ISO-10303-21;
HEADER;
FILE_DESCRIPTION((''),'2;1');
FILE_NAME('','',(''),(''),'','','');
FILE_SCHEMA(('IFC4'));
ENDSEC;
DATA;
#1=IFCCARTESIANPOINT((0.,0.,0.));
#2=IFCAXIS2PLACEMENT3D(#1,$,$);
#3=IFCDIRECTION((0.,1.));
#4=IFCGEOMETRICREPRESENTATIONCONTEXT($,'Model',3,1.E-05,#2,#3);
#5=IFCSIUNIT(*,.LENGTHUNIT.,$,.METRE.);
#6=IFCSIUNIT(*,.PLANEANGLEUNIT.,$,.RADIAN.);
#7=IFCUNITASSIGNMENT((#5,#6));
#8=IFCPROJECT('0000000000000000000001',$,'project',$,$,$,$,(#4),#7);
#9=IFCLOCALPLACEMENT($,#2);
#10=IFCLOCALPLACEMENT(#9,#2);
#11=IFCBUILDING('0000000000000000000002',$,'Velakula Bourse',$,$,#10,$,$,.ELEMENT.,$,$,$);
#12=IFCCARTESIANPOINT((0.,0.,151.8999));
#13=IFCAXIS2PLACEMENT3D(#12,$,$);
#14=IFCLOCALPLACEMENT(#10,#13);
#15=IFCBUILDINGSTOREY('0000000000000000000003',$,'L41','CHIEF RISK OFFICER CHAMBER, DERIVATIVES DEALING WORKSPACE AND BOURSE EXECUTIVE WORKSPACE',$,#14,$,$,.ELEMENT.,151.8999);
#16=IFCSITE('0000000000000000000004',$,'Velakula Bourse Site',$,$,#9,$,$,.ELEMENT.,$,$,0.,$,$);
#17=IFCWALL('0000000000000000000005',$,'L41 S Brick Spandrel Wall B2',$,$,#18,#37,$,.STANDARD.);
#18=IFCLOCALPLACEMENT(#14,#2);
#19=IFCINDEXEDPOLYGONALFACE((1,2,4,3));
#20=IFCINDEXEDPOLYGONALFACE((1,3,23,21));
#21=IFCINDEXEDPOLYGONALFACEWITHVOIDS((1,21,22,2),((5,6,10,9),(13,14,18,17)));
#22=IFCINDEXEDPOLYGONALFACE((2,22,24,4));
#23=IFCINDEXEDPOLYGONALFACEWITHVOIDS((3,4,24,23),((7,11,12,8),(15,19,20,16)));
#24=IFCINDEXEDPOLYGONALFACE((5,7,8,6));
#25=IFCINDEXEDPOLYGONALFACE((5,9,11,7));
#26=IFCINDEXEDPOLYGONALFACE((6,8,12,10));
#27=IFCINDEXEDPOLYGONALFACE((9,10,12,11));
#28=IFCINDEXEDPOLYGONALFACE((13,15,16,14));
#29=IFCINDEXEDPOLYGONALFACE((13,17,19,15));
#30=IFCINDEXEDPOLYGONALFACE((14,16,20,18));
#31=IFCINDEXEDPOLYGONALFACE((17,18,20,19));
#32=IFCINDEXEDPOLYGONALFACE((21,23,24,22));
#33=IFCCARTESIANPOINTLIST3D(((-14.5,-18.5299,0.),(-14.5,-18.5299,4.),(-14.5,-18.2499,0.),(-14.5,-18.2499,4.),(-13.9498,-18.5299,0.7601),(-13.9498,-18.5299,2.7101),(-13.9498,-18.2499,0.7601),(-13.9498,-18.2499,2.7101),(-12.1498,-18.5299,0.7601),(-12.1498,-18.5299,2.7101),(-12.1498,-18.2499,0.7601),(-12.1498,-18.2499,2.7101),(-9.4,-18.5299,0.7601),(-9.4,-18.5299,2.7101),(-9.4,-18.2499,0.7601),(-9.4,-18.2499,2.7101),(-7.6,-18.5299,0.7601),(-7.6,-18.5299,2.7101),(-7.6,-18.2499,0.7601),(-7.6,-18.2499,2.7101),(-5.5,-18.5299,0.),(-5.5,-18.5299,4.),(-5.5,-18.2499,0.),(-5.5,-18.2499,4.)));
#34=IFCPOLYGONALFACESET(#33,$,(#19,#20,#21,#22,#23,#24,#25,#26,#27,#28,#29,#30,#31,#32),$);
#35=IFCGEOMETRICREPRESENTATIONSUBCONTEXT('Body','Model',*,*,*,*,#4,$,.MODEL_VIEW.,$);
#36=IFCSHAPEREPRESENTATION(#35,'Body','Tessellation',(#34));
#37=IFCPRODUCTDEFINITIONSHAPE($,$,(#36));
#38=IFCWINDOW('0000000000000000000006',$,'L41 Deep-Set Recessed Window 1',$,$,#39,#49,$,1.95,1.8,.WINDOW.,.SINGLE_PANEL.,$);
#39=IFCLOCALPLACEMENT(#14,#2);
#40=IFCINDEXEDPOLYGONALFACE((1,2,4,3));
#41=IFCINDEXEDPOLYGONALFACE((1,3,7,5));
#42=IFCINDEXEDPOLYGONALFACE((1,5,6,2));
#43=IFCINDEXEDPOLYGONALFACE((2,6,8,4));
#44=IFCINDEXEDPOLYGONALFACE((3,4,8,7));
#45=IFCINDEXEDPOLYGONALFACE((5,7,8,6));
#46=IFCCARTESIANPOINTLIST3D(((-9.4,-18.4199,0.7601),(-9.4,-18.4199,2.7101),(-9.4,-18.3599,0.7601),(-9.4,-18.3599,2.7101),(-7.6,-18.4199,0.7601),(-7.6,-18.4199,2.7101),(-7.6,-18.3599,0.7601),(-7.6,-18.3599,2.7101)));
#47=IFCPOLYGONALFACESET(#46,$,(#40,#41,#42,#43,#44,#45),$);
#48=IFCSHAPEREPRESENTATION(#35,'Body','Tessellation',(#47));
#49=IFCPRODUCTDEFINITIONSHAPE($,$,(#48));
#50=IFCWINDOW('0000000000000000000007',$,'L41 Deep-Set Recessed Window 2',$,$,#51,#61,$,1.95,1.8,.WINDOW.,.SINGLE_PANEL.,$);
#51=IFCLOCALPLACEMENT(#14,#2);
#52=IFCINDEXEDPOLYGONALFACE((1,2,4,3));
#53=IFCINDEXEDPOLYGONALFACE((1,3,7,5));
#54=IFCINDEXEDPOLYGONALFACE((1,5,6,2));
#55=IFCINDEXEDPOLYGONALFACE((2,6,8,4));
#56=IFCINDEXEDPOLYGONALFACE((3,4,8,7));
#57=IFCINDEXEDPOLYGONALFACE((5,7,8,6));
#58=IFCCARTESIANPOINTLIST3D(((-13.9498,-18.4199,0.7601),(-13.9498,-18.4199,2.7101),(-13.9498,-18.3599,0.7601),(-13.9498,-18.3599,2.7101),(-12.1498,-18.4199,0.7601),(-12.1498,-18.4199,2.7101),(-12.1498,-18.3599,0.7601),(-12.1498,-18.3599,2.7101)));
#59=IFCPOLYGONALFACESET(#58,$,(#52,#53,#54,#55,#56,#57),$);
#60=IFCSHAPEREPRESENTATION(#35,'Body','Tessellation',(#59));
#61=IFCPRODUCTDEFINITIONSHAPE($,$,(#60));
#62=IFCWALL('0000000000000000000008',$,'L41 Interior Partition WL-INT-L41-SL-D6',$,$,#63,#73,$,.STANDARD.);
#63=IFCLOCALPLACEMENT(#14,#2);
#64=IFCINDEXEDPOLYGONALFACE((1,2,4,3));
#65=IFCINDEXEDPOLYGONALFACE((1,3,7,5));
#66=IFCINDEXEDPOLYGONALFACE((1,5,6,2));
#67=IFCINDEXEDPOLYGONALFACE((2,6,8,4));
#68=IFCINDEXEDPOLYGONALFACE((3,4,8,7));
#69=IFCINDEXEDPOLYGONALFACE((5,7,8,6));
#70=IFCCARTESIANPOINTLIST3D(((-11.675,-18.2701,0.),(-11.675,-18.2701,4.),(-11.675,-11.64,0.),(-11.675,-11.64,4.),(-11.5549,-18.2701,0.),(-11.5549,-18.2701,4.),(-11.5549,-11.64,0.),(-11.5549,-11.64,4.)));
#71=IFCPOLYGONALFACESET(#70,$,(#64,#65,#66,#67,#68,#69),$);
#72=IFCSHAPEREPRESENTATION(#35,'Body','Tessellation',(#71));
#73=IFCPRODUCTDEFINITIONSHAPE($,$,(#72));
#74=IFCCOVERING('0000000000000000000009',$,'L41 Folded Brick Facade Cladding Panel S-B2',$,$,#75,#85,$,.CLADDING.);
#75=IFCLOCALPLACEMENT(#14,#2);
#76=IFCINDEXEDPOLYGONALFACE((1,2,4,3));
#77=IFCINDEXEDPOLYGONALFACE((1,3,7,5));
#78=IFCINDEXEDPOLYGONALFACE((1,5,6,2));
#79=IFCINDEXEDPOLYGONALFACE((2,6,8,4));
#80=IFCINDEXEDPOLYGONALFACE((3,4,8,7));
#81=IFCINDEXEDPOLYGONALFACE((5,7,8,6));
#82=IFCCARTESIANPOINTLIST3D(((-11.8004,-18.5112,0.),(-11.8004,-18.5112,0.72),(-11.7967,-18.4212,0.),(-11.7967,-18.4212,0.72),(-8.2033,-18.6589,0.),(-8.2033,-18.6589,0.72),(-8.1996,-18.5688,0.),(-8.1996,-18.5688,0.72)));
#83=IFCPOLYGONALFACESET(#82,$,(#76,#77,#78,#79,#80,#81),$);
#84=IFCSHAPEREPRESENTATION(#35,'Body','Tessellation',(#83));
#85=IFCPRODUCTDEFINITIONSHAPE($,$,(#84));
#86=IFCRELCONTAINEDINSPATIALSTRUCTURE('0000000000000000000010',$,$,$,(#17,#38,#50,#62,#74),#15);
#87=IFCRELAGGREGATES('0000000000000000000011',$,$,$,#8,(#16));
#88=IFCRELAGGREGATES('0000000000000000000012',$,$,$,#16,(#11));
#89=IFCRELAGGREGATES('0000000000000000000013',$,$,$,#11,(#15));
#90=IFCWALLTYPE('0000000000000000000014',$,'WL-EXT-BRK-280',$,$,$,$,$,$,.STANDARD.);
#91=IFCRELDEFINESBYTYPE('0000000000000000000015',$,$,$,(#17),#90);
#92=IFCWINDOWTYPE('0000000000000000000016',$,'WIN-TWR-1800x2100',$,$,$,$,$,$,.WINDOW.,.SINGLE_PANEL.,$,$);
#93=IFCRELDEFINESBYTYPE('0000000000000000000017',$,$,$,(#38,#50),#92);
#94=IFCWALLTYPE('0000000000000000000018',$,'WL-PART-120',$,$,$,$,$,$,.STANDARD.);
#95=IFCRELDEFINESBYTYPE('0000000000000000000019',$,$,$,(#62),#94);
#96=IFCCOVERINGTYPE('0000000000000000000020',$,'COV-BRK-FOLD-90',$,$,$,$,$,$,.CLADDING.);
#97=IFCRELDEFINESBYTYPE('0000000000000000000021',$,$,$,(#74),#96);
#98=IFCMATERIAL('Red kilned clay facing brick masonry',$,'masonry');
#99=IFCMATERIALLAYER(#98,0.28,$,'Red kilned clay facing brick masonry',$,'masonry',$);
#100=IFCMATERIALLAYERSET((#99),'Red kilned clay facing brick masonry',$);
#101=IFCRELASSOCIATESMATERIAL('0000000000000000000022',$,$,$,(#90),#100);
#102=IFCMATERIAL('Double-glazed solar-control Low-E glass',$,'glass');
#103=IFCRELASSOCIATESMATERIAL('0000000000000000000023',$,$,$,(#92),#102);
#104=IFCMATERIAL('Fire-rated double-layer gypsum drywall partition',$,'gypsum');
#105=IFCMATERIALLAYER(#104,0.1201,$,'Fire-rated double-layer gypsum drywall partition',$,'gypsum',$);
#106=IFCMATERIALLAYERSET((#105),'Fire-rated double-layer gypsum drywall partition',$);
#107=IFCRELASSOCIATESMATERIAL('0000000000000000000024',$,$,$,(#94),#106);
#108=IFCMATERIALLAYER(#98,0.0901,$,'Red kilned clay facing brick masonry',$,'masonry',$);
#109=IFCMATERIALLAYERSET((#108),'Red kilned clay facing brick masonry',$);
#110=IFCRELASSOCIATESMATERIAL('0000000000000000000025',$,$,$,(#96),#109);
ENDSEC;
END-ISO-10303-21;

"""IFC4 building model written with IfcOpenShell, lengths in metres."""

from ifc_helpers import new_model, si_unit, direction, frame, frame_2d, origin, origin_2d, place, context, subcontext, project, spatial, rectangle, extrude, material, layer, layer_set, type_object, element, fill, save


model = new_model("IFC4")

# Units and contexts
model_context = context("Model", 3, precision=1e-05, world=origin(), true_north=direction((0.0, 1.0)))
body_context = subcontext(model_context, "Body", "Model", "MODEL_VIEW")
ifc_project = project(units=[si_unit("LENGTHUNIT", "METRE"), si_unit("PLANEANGLEUNIT", "RADIAN")], contexts=[model_context])

# Site, building, storey
site_placement = place(None, origin())
site = spatial("IfcSite", under=ifc_project, at=site_placement, Name="Velakula Bourse Site", CompositionType="ELEMENT", RefElevation=0.0)
building_placement = place(site_placement, origin())
building = spatial("IfcBuilding", under=site, at=building_placement, Name="Velakula Bourse", CompositionType="ELEMENT")
storey_placement = place(building_placement, frame((0.0, 0.0, 151.8999)))
storey = spatial("IfcBuildingStorey", under=building, at=storey_placement, Name="L41", Description="CHIEF RISK OFFICER CHAMBER, DERIVATIVES DEALING WORKSPACE AND BOURSE EXECUTIVE WORKSPACE", CompositionType="ELEMENT", Elevation=151.8999)

# Wall, openings, windows
ifc_material_1 = material(Name="Red kilned clay facing brick masonry", Category="masonry")
ifc_layer_1 = layer(ifc_material_1, 0.28, Name="Red kilned clay facing brick masonry", Category="masonry")
ifc_layer_set_1 = layer_set([ifc_layer_1], Name="Red kilned clay facing brick masonry")
wall_type_1 = type_object("IfcWallType", Name="WL-EXT-BRK-280", PredefinedType="STANDARD", material=ifc_layer_set_1)
ifc_material_2 = material(Name="Double-glazed solar-control Low-E glass", Category="glass")
window_type = type_object("IfcWindowType", Name="WIN-TWR-1800x2100", PartitioningType="SINGLE_PANEL", PredefinedType="WINDOW", material=ifc_material_2)
wall_1_placement = place(storey_placement, frame((-5.5, -18.3899, 0.0), z_axis=(0.0, 0.0, 1.0), x_axis=(-1.0, 0.0, 0.0)))
wall_1 = element("IfcWall", 1, at=wall_1_placement, inside=storey, type_object=wall_type_1, Name="L41 S Brick Spandrel Wall B2", PredefinedType="STANDARD", context=body_context, shape_type="SweptSolid", body=[
    extrude(rectangle(XDim=9.0, YDim=0.28, at=frame_2d((4.5, 0.0))), origin(), (0.0, 0.0, 1.0), 4.0),
])
opening_1_placement = place(wall_1_placement, frame((2.1001, 0.0, 0.76)))
opening_1 = element("IfcOpeningElement", 2, at=opening_1_placement, cuts=wall_1, PredefinedType="OPENING", context=body_context, shape_type="SweptSolid", body=[
    extrude(rectangle(XDim=1.8, YDim=1.95, at=frame_2d((0.8999, 0.9751))), frame((0.0, 0.1499, 0.0), z_axis=(0.0, -1.0, 0.0), x_axis=(1.0, 0.0, 0.0)), (0.0, 0.0, 1.0), 0.3),
])
opening_2_placement = place(wall_1_placement, frame((6.6499, 0.0, 0.76)))
opening_2 = element("IfcOpeningElement", 3, at=opening_2_placement, cuts=wall_1, PredefinedType="OPENING", context=body_context, shape_type="SweptSolid", body=[
    extrude(rectangle(XDim=1.8, YDim=1.95, at=frame_2d((0.8999, 0.9751))), frame((0.0, 0.1499, 0.0), z_axis=(0.0, -1.0, 0.0), x_axis=(1.0, 0.0, 0.0)), (0.0, 0.0, 1.0), 0.3),
])
window_1_placement = place(opening_1_placement, origin())
window_1 = element("IfcWindow", 4, at=window_1_placement, inside=storey, type_object=window_type, Name="L41 Deep-Set Recessed Window 1", OverallHeight=1.95, OverallWidth=1.8, PartitioningType="SINGLE_PANEL", PredefinedType="WINDOW", context=body_context, shape_type="SweptSolid", body=[
    extrude(rectangle(XDim=1.8, YDim=1.95, at=frame_2d((0.8999, 0.9751))), frame((0.0, 0.03, 0.0), z_axis=(0.0, -1.0, 0.0), x_axis=(1.0, 0.0, 0.0)), (0.0, 0.0, 1.0), 0.0601),
])
fill(opening_1, window_1)
window_2_placement = place(opening_2_placement, origin())
window_2 = element("IfcWindow", 5, at=window_2_placement, inside=storey, type_object=window_type, Name="L41 Deep-Set Recessed Window 2", OverallHeight=1.95, OverallWidth=1.8, PartitioningType="SINGLE_PANEL", PredefinedType="WINDOW", context=body_context, shape_type="SweptSolid", body=[
    extrude(rectangle(XDim=1.8, YDim=1.95, at=frame_2d((0.8999, 0.9751))), frame((0.0, 0.03, 0.0), z_axis=(0.0, -1.0, 0.0), x_axis=(1.0, 0.0, 0.0)), (0.0, 0.0, 1.0), 0.0601),
])
fill(opening_2, window_2)

# Wall
ifc_material_3 = material(Name="Fire-rated double-layer gypsum drywall partition", Category="gypsum")
ifc_layer_2 = layer(ifc_material_3, 0.1201, Name="Fire-rated double-layer gypsum drywall partition", Category="gypsum")
ifc_layer_set_2 = layer_set([ifc_layer_2], Name="Fire-rated double-layer gypsum drywall partition")
wall_type_2 = type_object("IfcWallType", Name="WL-PART-120", PredefinedType="STANDARD", material=ifc_layer_set_2)
wall_2_placement = place(storey_placement, frame((-11.615, -18.27, 0.0), z_axis=(0.0, 0.0, 1.0), x_axis=(0.0, 1.0, 0.0)))
element("IfcWall", 6, at=wall_2_placement, inside=storey, type_object=wall_type_2, Name="L41 Interior Partition WL-INT-L41-SL-D6", PredefinedType="STANDARD", context=body_context, shape_type="SweptSolid", body=[
    extrude(rectangle(XDim=6.6301, YDim=0.1201, at=frame_2d((3.3149, 0.0))), origin(), (0.0, 0.0, 1.0), 4.0),
])

# Covering
ifc_layer_3 = layer(ifc_material_1, 0.0901, Name="Red kilned clay facing brick masonry", Category="masonry")
ifc_layer_set_3 = layer_set([ifc_layer_3], Name="Red kilned clay facing brick masonry")
covering_type = type_object("IfcCoveringType", Name="COV-BRK-FOLD-90", PredefinedType="CLADDING", material=ifc_layer_set_3)
covering_placement = place(storey_placement, frame((-10.0, -18.54, 0.0), z_axis=(0.0, 0.0, 1.0), x_axis=(0.999159, -0.041004, 0.0)))
element("IfcCovering", 7, at=covering_placement, inside=storey, type_object=covering_type, Name="L41 Folded Brick Facade Cladding Panel S-B2", PredefinedType="CLADDING", context=body_context, shape_type="SweptSolid", body=[
    extrude(rectangle(XDim=3.6001, YDim=0.0901, at=origin_2d()), origin(), (0.0, 0.0, 1.0), 0.72),
])

save(model, "model.ifc")
